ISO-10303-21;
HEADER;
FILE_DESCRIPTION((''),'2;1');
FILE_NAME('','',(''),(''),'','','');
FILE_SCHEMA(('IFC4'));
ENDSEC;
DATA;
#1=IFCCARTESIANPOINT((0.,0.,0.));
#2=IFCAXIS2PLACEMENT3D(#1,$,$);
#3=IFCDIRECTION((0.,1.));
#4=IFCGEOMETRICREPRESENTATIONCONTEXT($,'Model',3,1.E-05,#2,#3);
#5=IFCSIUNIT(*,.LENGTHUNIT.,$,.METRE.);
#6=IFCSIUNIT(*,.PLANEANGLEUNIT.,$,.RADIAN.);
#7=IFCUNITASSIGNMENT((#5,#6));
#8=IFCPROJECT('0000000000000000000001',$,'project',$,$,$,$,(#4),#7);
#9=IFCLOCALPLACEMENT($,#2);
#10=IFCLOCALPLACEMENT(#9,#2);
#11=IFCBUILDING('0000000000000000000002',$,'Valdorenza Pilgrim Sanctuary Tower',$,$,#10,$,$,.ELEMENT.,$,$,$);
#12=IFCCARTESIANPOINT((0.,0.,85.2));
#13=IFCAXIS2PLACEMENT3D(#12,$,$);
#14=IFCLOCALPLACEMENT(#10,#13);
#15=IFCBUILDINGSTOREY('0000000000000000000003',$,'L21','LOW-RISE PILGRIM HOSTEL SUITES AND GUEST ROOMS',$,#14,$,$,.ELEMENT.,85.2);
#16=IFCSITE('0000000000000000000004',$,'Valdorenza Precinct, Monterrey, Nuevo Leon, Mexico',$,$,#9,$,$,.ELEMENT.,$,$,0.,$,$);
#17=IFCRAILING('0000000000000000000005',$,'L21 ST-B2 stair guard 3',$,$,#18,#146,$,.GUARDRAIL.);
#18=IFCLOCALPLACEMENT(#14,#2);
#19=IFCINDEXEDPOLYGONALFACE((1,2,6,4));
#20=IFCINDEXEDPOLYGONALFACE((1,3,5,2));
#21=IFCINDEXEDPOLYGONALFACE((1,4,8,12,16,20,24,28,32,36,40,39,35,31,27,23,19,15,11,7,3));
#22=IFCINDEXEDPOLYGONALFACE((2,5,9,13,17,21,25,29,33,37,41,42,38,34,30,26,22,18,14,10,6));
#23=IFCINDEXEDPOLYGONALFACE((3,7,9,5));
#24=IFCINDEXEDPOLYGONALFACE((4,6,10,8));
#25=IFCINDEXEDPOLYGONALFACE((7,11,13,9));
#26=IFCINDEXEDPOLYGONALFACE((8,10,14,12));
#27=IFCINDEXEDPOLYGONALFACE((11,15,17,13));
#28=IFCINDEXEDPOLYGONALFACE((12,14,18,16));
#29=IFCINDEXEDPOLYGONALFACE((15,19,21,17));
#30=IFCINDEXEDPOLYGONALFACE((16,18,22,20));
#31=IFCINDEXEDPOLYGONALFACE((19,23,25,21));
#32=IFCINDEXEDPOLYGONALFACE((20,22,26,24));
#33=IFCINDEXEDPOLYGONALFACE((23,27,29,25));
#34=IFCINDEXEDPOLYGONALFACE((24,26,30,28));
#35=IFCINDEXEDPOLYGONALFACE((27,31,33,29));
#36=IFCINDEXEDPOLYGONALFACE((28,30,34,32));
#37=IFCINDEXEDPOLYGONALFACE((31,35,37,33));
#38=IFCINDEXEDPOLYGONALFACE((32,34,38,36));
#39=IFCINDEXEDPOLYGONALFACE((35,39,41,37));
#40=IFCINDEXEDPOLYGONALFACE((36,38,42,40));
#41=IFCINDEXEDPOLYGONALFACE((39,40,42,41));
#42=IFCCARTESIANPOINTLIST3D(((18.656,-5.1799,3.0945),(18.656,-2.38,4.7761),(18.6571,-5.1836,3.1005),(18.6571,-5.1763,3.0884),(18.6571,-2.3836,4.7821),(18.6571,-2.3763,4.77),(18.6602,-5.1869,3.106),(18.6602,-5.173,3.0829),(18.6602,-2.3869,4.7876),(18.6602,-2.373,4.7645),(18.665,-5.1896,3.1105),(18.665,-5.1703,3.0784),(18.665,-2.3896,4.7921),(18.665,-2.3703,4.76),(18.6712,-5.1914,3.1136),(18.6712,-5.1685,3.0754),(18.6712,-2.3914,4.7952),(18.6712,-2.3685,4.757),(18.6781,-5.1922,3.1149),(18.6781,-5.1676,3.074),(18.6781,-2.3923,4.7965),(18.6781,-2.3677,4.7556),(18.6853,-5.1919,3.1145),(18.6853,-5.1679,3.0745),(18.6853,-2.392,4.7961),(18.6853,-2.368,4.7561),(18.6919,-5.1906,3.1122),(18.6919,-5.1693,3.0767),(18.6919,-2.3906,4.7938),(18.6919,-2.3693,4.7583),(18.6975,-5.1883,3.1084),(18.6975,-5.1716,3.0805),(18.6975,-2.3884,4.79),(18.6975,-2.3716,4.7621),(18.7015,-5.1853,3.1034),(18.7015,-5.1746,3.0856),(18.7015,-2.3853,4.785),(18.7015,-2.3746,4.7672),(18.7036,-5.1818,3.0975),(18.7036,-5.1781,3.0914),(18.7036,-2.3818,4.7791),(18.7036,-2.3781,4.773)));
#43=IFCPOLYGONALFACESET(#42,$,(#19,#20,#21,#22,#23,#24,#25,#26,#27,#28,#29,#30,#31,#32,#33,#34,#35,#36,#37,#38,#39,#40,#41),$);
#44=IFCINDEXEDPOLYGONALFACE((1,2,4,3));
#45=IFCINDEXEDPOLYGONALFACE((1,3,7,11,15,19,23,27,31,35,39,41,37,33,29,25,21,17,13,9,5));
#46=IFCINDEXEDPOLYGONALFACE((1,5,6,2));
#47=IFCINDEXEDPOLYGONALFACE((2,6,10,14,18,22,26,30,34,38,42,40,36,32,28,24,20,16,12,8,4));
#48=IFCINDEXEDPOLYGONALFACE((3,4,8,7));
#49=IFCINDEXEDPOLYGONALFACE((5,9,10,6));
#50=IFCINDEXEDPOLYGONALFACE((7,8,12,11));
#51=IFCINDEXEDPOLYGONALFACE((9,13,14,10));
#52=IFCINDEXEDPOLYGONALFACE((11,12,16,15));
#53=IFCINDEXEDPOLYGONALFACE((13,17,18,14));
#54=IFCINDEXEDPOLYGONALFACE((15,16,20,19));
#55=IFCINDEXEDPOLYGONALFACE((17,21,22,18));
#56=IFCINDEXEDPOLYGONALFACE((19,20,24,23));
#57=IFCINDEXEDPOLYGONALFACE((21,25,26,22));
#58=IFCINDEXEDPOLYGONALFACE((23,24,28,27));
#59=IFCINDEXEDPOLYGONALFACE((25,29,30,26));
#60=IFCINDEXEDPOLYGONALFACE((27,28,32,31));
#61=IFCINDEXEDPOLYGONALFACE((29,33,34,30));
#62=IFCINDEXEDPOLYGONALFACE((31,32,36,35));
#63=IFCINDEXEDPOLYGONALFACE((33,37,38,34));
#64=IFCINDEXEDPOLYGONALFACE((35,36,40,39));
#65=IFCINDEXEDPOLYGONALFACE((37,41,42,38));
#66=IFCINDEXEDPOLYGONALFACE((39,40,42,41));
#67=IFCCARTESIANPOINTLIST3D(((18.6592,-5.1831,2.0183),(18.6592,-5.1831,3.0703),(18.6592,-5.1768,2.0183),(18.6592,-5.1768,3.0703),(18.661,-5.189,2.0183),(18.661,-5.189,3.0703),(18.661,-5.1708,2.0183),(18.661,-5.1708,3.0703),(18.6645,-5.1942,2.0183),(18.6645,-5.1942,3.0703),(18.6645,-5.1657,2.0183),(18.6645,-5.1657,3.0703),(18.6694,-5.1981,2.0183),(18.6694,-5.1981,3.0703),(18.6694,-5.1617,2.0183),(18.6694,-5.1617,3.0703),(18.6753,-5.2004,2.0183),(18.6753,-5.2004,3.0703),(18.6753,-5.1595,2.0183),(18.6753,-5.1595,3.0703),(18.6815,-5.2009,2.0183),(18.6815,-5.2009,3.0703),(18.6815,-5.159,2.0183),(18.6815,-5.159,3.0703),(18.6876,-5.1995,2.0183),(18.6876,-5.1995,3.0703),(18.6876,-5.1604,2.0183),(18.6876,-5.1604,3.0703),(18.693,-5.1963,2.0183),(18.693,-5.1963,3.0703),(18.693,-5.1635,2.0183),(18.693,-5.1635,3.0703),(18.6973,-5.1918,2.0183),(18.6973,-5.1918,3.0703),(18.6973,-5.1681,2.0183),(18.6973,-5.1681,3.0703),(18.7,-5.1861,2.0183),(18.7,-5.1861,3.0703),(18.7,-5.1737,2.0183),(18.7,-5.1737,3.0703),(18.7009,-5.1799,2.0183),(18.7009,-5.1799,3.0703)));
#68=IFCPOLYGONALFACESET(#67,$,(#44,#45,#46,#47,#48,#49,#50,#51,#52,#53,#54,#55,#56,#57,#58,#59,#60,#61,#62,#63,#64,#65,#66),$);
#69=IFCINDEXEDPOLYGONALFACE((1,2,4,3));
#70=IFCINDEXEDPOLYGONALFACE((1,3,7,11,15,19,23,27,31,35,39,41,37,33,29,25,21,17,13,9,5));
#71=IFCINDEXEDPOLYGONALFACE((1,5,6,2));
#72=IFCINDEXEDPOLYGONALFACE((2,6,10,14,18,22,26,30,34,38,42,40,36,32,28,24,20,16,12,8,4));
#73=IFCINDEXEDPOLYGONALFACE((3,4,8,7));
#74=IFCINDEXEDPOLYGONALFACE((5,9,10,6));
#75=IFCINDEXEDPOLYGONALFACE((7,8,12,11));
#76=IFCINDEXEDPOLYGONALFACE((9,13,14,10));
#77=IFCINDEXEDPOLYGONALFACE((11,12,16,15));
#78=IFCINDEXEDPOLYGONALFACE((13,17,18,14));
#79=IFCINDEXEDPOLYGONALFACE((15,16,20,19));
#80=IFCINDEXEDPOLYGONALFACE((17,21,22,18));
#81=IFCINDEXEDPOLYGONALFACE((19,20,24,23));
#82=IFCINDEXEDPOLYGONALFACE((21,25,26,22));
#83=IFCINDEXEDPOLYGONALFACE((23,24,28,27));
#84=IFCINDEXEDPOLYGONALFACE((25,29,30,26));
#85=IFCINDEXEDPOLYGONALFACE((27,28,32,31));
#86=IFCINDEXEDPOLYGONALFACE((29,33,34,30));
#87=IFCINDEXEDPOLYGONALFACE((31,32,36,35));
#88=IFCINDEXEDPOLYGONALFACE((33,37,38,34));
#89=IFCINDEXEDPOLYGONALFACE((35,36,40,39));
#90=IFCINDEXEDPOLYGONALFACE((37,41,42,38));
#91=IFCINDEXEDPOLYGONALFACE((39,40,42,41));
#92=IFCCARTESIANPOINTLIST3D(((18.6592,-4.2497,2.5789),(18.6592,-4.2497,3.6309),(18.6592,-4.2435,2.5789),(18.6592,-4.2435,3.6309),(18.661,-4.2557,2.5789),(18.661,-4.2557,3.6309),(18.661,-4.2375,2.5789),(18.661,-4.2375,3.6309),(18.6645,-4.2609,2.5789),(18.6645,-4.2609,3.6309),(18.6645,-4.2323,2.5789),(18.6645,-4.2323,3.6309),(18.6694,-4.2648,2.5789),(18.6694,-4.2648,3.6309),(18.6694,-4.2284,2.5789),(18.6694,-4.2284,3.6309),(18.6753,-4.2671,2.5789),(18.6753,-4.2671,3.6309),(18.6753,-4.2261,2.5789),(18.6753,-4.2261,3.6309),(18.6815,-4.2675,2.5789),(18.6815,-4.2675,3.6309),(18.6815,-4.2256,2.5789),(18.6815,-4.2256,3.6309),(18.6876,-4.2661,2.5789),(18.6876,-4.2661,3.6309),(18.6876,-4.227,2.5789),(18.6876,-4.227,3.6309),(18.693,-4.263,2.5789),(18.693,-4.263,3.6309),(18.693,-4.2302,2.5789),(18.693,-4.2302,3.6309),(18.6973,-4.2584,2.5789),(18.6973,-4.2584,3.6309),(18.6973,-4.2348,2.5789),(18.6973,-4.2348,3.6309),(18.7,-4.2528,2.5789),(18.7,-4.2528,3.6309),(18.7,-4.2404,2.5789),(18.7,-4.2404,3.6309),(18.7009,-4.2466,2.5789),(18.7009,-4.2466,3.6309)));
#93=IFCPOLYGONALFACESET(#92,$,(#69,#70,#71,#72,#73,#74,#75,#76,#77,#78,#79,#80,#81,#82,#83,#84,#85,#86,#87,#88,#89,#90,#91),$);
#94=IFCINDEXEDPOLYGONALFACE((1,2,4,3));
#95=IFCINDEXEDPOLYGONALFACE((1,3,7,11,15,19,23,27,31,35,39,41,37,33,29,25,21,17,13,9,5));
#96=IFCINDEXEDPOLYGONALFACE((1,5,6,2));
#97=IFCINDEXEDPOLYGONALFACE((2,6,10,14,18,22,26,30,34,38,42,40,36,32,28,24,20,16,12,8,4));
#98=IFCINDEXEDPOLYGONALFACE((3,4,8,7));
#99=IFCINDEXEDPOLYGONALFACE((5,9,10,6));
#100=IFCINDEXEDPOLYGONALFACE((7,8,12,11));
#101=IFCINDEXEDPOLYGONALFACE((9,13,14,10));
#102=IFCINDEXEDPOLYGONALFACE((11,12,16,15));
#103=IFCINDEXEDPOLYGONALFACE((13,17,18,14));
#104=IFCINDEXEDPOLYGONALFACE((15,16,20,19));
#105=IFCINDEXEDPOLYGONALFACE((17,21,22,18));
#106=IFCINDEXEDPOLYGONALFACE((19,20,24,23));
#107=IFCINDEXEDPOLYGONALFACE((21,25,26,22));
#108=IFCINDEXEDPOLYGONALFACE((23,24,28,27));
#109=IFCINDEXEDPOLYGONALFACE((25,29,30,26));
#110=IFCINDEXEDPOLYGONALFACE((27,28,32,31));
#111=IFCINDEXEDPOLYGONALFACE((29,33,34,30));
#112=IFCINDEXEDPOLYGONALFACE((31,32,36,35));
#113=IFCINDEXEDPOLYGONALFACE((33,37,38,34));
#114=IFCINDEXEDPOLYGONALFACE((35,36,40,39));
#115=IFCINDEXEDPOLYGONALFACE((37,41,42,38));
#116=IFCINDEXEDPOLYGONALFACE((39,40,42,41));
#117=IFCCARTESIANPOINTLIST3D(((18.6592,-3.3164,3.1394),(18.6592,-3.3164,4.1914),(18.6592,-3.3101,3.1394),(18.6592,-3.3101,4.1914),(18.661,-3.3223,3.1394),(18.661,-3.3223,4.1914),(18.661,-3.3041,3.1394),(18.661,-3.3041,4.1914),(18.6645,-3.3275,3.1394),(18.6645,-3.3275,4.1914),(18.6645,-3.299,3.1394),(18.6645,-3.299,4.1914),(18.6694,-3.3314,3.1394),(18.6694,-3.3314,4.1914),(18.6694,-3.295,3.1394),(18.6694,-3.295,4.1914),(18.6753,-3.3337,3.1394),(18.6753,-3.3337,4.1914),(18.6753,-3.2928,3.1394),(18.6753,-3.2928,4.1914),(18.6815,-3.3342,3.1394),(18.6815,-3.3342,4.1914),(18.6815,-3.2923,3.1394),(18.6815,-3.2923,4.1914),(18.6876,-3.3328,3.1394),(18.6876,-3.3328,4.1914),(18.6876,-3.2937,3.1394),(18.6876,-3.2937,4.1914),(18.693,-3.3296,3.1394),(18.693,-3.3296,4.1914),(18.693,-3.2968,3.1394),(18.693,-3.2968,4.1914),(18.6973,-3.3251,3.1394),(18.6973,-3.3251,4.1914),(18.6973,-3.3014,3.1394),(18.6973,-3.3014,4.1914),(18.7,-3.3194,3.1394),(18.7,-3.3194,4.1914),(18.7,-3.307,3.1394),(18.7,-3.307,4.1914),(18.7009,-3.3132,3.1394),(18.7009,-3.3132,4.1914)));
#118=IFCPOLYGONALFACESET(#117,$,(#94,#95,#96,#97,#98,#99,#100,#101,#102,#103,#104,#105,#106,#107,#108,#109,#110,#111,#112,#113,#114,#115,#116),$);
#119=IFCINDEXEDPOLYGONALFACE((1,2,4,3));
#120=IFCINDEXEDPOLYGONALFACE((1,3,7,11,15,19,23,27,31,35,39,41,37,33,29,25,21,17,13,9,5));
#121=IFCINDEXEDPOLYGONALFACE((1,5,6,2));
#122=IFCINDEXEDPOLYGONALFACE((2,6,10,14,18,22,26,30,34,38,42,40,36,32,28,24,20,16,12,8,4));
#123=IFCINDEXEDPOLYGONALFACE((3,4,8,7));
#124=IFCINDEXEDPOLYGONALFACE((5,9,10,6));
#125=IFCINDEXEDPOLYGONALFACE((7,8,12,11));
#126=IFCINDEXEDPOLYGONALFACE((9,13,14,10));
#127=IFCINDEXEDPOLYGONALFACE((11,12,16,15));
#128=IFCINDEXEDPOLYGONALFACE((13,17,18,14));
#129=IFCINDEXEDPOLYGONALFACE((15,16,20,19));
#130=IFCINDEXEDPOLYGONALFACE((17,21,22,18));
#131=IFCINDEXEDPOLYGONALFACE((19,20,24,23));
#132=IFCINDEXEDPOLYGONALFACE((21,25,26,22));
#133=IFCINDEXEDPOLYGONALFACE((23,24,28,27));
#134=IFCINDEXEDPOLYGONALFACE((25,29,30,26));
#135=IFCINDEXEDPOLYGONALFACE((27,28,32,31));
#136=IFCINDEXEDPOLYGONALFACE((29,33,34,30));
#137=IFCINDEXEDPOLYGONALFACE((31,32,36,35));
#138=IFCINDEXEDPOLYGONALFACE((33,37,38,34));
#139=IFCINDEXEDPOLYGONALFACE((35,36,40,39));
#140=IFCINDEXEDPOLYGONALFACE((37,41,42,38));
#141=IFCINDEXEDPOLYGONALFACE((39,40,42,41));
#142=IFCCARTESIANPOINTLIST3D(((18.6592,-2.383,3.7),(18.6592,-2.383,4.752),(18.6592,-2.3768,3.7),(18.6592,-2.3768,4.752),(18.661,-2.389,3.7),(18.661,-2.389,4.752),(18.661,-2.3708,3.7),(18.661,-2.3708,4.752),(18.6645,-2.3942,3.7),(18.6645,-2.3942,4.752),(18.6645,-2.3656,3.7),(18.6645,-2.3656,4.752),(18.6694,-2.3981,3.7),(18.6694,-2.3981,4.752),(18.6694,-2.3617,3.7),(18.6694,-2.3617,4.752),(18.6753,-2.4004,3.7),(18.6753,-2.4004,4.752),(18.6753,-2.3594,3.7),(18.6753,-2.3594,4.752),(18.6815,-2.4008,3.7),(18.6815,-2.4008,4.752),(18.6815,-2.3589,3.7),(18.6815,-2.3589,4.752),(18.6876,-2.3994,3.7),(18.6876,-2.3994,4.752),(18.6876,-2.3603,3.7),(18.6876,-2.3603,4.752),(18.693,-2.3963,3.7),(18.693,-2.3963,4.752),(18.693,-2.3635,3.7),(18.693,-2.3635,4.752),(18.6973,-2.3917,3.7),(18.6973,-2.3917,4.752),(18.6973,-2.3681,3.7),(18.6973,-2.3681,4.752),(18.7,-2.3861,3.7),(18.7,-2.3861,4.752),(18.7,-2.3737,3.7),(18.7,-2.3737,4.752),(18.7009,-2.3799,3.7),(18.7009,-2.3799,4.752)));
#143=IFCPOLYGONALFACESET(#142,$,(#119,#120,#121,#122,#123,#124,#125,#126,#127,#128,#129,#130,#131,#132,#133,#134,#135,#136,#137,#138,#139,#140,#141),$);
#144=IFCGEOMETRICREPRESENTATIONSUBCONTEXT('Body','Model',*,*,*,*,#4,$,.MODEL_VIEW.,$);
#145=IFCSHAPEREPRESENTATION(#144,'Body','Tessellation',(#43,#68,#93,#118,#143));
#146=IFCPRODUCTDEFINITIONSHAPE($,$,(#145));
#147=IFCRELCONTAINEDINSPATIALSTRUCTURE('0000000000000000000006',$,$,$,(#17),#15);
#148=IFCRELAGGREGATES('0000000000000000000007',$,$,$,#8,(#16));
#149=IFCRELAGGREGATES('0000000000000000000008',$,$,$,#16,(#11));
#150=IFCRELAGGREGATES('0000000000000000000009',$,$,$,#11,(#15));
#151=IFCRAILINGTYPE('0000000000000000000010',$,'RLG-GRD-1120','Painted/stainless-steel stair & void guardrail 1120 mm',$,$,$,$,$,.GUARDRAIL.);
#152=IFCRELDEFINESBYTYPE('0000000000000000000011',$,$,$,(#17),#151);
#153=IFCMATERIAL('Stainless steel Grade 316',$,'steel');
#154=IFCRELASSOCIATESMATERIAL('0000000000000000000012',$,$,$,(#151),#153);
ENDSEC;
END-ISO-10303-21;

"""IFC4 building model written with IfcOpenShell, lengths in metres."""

from ifc_helpers import new_model, si_unit, direction, frame, origin, origin_2d, place, context, subcontext, project, spatial, circle, extrude, material, type_object, element, save


model = new_model("IFC4")

# Units and contexts
model_context = context("Model", 3, precision=1e-05, world=origin(), true_north=direction((0.0, 1.0)))
body_context = subcontext(model_context, "Body", "Model", "MODEL_VIEW")
ifc_project = project(units=[si_unit("LENGTHUNIT", "METRE"), si_unit("PLANEANGLEUNIT", "RADIAN")], contexts=[model_context])

# Site, building, storey
site_placement = place(None, origin())
site = spatial("IfcSite", under=ifc_project, at=site_placement, Name="Valdorenza Precinct, Monterrey, Nuevo Leon, Mexico", CompositionType="ELEMENT", RefElevation=0.0)
building_placement = place(site_placement, origin())
building = spatial("IfcBuilding", under=site, at=building_placement, Name="Valdorenza Pilgrim Sanctuary Tower", CompositionType="ELEMENT")
storey_placement = place(building_placement, frame((0.0, 0.0, 85.2)))
storey = spatial("IfcBuildingStorey", under=building, at=storey_placement, Name="L21", Description="LOW-RISE PILGRIM HOSTEL SUITES AND GUEST ROOMS", CompositionType="ELEMENT", Elevation=85.2)

# Railing
ifc_material_1 = material(Name="Stainless steel Grade 316", Category="steel")
railing_type_1 = type_object("IfcRailingType", Name="RLG-GRD-1120", Description="Painted/stainless-steel stair & void guardrail 1120 mm", PredefinedType="GUARDRAIL", material=ifc_material_1)
railing_1_placement = place(storey_placement, frame((18.6799, -5.1799, 2.0183)))
element("IfcRailing", 1, at=railing_1_placement, inside=storey, type_object=railing_type_1, Name="L21 ST-B2 stair guard 3", PredefinedType="GUARDRAIL", context=body_context, shape_type="SweptSolid", body=[
    extrude(circle(Radius=0.0239, at=origin_2d()), frame((0.0, 0.0, 1.0762), z_axis=(0.0, 0.857275, 0.514858), x_axis=(-1.0, 0.0, 0.0)), (0.0, 0.0, 1.0), 3.2661),
    extrude(circle(Radius=0.021, at=origin_2d()), origin(), (0.0, 0.0, 1.0), 1.052),
    extrude(circle(Radius=0.021, at=origin_2d()), frame((0.0, 0.9333, 0.5605)), (0.0, 0.0, 1.0), 1.052),
    extrude(circle(Radius=0.021, at=origin_2d()), frame((0.0, 1.8667, 1.1211)), (0.0, 0.0, 1.0), 1.052),
    extrude(circle(Radius=0.021, at=origin_2d()), frame((0.0, 2.8, 1.6816)), (0.0, 0.0, 1.0), 1.052),
])

save(model, "model.ifc")
